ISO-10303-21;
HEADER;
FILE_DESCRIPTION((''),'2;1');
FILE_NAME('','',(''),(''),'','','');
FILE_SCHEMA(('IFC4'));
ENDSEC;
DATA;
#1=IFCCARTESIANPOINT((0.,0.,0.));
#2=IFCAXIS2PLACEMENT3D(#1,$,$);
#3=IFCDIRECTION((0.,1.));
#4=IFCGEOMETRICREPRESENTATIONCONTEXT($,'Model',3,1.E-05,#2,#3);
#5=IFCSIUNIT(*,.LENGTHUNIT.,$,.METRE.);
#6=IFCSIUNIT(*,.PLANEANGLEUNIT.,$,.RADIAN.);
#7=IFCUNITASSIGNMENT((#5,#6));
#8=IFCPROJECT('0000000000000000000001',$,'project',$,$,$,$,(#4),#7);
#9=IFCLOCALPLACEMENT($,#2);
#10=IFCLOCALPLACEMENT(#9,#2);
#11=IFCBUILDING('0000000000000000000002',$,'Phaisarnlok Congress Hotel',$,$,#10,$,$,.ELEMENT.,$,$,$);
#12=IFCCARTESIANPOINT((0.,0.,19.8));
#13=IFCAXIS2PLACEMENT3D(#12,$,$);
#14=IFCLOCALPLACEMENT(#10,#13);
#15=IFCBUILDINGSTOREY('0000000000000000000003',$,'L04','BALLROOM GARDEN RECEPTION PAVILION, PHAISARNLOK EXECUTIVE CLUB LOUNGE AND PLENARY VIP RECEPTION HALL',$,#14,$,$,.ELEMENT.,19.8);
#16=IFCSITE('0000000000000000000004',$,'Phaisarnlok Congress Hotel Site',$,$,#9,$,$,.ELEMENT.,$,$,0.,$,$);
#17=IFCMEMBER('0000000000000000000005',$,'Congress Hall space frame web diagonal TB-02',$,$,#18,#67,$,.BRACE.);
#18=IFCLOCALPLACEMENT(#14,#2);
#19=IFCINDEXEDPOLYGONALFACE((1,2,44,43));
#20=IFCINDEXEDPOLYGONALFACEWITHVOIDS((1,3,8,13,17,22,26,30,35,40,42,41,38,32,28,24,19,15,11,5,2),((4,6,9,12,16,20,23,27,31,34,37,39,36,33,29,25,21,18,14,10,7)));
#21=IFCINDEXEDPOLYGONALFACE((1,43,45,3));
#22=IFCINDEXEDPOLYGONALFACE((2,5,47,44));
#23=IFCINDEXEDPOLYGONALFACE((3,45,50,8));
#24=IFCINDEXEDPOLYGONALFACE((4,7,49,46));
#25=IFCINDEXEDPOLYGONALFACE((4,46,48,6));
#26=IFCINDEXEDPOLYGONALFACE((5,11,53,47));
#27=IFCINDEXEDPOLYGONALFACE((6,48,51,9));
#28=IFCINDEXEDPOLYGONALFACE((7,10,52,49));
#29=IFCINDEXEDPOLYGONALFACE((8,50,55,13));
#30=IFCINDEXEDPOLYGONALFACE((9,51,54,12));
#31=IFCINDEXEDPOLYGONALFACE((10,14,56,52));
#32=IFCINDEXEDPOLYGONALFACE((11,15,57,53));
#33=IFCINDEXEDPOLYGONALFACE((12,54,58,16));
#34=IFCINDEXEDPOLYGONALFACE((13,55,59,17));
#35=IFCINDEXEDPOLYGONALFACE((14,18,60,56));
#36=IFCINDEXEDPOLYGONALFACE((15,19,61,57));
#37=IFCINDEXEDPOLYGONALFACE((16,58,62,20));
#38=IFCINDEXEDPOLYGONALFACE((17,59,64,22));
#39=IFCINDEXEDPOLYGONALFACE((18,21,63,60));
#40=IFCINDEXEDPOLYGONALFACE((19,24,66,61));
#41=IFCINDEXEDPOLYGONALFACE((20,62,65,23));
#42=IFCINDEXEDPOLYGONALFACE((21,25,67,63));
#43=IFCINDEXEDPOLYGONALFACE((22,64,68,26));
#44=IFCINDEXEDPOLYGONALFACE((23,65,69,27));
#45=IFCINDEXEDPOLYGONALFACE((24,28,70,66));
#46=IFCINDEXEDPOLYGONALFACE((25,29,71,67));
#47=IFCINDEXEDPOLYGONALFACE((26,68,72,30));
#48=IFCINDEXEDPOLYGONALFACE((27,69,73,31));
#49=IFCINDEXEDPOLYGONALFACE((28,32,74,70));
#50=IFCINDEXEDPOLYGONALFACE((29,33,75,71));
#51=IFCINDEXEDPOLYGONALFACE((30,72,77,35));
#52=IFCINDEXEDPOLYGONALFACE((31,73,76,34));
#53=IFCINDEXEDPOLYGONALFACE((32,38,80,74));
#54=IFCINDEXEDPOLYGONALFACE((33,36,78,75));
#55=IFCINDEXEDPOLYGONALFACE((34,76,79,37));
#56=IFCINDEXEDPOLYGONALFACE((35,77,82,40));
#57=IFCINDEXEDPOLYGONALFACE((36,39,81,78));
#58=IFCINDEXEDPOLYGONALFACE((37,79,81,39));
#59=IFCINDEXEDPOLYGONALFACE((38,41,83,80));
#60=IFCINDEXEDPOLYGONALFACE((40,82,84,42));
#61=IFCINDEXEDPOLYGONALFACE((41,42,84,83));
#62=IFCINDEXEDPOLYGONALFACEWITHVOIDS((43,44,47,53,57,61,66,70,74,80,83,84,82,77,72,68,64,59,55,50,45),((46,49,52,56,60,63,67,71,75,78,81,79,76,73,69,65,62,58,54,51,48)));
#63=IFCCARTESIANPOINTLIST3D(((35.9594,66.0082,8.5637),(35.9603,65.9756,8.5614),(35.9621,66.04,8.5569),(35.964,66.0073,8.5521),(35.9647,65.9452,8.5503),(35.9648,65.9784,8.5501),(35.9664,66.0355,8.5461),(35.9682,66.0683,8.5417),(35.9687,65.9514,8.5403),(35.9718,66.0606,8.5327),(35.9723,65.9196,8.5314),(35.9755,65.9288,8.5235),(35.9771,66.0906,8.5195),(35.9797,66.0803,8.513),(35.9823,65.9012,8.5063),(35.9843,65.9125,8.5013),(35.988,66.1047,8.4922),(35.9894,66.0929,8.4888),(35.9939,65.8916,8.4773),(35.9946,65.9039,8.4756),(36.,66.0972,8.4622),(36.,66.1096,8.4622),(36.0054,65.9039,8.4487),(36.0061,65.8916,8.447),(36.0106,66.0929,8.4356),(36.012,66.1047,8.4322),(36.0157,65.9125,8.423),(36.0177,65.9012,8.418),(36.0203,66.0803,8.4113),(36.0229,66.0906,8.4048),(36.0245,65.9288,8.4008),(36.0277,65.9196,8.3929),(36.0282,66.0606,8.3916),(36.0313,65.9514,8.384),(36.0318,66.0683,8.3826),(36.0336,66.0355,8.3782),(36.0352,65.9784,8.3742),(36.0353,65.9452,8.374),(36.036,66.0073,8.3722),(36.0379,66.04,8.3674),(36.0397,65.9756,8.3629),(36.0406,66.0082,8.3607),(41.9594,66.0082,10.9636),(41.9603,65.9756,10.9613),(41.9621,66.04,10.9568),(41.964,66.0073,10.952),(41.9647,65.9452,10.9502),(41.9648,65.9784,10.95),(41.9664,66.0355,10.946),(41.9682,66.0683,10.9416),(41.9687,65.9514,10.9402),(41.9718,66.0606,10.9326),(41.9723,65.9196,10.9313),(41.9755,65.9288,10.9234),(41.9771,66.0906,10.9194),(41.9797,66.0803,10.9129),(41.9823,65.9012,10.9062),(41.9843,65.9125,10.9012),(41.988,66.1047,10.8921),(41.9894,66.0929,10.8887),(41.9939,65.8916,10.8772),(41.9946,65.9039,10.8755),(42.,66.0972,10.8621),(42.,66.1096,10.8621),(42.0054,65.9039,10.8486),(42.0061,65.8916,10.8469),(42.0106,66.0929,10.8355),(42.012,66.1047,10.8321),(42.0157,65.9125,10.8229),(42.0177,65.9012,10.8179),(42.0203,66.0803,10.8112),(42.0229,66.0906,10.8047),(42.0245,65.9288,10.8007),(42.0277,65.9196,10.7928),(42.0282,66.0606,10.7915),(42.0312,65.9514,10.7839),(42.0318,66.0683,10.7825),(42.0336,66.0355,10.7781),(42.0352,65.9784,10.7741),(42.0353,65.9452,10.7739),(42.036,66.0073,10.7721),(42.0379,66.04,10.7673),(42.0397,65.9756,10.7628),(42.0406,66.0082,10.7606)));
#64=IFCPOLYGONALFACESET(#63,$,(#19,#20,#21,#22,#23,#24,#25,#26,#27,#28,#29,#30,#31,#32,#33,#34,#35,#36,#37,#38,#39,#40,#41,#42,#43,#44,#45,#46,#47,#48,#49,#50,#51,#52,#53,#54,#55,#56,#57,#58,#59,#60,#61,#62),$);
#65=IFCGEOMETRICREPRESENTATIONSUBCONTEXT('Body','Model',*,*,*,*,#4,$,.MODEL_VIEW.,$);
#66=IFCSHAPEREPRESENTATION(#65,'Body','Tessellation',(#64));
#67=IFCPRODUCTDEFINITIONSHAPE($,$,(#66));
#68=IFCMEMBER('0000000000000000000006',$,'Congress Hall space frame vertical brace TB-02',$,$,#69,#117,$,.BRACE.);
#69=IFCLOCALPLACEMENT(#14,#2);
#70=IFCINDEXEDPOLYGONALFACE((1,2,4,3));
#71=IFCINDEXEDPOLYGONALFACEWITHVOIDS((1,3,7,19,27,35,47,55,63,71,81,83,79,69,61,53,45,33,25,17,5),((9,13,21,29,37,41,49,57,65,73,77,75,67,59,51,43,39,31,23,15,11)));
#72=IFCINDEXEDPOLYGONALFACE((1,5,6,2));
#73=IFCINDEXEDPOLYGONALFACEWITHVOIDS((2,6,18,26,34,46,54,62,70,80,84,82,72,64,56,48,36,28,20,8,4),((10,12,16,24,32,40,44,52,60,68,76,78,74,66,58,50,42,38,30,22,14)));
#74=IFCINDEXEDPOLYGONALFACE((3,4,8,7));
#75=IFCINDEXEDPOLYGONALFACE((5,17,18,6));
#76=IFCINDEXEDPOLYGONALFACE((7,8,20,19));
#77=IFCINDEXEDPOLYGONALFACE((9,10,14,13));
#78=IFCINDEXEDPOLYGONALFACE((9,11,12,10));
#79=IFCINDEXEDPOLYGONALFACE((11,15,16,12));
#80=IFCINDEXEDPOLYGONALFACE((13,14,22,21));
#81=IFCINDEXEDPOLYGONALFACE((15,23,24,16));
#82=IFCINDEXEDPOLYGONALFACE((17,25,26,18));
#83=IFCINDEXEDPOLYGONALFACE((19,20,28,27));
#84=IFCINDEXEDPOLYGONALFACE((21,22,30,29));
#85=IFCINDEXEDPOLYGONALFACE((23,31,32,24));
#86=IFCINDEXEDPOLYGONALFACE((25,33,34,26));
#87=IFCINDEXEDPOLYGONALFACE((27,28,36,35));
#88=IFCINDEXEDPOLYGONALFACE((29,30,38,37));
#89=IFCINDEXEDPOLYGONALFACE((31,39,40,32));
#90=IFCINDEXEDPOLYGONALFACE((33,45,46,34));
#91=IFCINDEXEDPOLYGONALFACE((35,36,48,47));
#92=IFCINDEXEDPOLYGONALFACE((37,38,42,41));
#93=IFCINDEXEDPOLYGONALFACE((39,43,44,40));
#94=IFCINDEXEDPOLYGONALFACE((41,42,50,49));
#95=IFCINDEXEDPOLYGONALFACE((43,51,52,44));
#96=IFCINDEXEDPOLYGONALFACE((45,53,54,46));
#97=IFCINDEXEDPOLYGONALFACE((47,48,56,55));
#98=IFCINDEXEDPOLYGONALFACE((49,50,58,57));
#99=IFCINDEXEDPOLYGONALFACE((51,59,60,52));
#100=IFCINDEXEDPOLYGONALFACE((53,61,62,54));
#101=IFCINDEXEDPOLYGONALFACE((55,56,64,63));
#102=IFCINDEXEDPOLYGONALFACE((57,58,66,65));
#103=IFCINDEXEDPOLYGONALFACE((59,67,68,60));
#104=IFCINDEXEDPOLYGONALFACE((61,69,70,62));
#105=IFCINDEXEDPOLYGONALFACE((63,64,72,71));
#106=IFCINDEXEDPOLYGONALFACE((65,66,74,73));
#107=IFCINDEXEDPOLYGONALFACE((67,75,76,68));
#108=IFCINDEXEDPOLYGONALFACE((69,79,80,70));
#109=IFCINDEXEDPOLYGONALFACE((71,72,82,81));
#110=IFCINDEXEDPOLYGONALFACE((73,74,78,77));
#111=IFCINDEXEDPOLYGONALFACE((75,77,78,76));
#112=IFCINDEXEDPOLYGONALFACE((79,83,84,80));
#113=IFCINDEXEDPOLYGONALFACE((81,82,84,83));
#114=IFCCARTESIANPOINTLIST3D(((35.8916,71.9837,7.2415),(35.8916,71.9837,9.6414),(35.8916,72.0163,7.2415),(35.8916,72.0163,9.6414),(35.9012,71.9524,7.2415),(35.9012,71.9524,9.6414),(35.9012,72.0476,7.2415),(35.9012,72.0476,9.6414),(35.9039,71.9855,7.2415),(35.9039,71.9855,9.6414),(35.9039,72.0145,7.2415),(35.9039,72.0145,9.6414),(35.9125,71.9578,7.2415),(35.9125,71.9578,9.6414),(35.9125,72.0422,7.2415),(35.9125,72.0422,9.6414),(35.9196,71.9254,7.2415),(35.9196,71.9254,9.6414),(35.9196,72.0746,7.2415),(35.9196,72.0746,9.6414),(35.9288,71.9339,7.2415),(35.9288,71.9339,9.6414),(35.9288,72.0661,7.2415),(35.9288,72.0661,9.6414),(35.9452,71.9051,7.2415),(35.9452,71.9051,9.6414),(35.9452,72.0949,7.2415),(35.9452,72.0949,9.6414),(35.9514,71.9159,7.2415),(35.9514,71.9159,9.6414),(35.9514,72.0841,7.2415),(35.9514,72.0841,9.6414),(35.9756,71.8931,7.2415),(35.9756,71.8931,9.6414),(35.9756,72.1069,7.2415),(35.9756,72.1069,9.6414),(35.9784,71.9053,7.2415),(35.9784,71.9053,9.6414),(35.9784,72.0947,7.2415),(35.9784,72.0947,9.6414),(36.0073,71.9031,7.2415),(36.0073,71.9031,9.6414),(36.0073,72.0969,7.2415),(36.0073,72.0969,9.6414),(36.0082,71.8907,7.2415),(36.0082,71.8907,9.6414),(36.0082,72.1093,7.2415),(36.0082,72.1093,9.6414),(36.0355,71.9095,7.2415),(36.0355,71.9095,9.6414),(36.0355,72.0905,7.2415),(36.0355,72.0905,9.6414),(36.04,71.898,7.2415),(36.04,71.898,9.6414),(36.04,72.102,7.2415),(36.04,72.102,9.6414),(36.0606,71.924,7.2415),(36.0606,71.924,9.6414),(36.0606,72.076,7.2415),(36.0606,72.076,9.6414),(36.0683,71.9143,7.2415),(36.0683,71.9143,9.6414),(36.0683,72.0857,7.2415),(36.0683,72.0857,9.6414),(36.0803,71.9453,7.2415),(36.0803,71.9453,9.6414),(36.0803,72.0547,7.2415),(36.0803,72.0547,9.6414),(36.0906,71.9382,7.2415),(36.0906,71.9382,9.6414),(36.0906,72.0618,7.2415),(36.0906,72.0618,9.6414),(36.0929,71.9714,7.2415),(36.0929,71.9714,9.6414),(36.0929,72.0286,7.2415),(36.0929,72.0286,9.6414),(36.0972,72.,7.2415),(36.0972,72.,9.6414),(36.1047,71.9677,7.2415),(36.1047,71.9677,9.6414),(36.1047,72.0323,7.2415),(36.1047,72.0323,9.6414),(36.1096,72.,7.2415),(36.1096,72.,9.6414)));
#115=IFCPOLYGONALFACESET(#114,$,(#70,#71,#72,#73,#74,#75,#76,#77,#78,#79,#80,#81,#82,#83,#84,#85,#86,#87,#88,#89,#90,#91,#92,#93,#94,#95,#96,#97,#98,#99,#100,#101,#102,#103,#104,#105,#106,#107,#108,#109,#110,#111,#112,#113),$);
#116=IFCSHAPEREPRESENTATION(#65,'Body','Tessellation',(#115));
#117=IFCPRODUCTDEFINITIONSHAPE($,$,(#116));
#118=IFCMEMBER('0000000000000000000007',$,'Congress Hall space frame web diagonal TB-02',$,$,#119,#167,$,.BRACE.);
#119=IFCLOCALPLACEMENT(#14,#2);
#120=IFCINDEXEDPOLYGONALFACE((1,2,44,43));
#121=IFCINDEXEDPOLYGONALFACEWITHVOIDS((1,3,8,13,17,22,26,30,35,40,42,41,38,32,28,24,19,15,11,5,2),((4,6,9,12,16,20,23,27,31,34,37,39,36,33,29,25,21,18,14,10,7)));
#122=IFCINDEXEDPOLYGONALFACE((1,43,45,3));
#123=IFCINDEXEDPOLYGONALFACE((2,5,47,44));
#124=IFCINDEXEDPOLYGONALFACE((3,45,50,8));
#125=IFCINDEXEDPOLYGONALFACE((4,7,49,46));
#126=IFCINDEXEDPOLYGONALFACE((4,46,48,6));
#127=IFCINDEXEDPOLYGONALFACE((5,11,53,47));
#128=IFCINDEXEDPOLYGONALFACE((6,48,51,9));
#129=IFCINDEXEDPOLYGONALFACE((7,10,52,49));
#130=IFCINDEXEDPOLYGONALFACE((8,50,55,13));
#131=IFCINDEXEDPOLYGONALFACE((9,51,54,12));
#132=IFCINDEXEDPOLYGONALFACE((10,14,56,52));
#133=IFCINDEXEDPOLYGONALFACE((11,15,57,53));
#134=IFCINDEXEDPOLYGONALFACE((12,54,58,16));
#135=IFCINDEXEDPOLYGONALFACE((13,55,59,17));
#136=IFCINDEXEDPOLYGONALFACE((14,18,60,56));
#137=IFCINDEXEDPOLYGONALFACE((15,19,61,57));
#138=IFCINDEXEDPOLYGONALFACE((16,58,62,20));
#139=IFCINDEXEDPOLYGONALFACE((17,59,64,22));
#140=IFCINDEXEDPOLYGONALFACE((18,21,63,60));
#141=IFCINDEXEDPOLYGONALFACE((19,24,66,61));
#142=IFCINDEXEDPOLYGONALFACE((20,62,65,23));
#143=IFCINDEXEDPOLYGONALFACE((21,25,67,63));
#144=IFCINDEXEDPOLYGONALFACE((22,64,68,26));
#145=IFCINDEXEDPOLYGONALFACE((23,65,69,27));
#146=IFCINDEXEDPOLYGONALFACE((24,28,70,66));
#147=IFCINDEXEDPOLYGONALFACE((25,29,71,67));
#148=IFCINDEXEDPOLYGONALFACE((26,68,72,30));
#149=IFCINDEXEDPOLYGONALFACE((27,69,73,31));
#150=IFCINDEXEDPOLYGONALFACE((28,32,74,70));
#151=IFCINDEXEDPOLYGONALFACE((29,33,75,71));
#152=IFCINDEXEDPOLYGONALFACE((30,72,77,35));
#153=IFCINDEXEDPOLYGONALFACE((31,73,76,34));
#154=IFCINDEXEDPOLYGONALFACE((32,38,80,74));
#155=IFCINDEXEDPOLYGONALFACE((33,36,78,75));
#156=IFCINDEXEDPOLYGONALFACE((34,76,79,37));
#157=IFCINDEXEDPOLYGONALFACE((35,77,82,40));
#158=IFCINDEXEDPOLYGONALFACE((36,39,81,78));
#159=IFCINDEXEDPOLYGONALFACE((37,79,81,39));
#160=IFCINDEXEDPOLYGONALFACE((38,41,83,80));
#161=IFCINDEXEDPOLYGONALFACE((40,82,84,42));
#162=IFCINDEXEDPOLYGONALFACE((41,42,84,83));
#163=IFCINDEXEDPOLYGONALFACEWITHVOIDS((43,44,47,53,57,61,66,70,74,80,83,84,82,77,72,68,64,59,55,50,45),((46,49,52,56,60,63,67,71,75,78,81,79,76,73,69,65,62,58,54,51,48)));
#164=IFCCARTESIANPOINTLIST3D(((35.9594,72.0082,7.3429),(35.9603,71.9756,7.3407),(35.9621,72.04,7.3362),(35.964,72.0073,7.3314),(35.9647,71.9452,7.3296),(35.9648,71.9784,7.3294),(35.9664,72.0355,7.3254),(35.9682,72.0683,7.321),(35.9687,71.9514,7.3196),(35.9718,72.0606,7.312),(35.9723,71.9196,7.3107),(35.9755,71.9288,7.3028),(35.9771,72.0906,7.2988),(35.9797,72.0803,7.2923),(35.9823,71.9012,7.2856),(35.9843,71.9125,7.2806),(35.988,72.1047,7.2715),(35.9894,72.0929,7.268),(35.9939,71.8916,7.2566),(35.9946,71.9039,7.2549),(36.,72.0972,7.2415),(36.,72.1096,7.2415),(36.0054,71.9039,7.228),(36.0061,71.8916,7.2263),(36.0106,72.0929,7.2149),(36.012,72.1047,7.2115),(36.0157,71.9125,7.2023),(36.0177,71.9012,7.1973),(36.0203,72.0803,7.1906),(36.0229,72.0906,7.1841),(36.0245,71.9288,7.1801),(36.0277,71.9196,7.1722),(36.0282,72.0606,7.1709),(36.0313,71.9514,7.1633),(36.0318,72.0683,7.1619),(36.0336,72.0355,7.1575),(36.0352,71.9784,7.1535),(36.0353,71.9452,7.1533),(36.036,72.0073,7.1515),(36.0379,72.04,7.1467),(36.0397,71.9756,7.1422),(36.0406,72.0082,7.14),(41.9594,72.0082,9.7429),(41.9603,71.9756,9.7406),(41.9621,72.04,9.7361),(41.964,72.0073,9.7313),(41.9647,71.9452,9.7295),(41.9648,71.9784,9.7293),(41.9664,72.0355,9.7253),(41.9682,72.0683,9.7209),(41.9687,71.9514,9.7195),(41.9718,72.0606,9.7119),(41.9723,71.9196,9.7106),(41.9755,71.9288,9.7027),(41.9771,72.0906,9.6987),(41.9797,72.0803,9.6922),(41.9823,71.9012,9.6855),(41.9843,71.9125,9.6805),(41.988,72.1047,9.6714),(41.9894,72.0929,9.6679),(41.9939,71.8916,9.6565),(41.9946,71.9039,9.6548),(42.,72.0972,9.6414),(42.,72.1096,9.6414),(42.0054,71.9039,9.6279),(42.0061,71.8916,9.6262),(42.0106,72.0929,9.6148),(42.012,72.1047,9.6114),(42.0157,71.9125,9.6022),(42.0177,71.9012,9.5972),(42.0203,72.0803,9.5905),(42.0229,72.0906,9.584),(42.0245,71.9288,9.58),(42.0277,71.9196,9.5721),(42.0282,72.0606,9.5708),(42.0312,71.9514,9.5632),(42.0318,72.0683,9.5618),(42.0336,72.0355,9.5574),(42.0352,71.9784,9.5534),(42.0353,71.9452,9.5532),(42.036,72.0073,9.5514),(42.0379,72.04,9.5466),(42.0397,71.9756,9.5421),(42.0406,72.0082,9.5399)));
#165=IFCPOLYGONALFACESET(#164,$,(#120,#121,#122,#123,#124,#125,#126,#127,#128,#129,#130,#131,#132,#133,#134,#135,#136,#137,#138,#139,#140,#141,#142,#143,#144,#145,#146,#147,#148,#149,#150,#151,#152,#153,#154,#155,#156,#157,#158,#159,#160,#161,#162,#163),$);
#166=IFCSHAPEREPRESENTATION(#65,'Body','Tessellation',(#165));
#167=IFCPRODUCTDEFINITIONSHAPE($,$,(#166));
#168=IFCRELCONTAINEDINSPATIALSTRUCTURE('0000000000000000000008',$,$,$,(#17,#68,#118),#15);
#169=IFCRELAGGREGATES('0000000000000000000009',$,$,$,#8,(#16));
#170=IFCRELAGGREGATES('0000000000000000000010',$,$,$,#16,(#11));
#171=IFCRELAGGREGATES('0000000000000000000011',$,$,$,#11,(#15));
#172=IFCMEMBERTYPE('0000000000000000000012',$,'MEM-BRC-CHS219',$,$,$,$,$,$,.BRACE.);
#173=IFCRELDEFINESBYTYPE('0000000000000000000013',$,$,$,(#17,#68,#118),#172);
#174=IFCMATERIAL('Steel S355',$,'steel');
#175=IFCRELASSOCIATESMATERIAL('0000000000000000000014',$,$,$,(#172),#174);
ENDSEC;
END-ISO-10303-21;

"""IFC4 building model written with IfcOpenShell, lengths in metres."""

from ifc_helpers import new_model, si_unit, direction, frame, origin, origin_2d, place, context, subcontext, project, spatial, hollow_circle, extrude, material, material_profile, profile_set, type_object, element, save


model = new_model("IFC4")

# Units and contexts
model_context = context("Model", 3, precision=1e-05, world=origin(), true_north=direction((0.0, 1.0)))
body_context = subcontext(model_context, "Body", "Model", "MODEL_VIEW")
ifc_project = project(units=[si_unit("LENGTHUNIT", "METRE"), si_unit("PLANEANGLEUNIT", "RADIAN")], contexts=[model_context])

# Site, building, storey
site_placement = place(None, origin())
site = spatial("IfcSite", under=ifc_project, at=site_placement, Name="Phaisarnlok Congress Hotel Site", CompositionType="ELEMENT", RefElevation=0.0)
building_placement = place(site_placement, origin())
building = spatial("IfcBuilding", under=site, at=building_placement, Name="Phaisarnlok Congress Hotel", CompositionType="ELEMENT")
storey_placement = place(building_placement, frame((0.0, 0.0, 19.8)))
storey = spatial("IfcBuildingStorey", under=building, at=storey_placement, Name="L04", Description="BALLROOM GARDEN RECEPTION PAVILION, PHAISARNLOK EXECUTIVE CLUB LOUNGE AND PLENARY VIP RECEPTION HALL", CompositionType="ELEMENT", Elevation=19.8)

# Members
ifc_material = material(Name="Steel S355", Category="steel")
ifc_material_profile_1 = material_profile(ifc_material, hollow_circle(Radius=0.1096, WallThickness=0.0125, at=origin_2d()), Name="CHS 219.1x12.5")
ifc_profile_set_1 = profile_set([ifc_material_profile_1], Name="Steel S355")
member_type_1 = type_object("IfcMemberType", Name="MEM-BRC-CHS219", PredefinedType="BRACE", material=ifc_profile_set_1)
member_1_placement = place(storey_placement, frame((36.0, 66.0, 8.4622), z_axis=(0.928482, 0.0, 0.371378), x_axis=(0.0, 1.0, 0.0)))
element("IfcMember", 1, at=member_1_placement, inside=storey, type_object=member_type_1, Name="Congress Hall space frame web diagonal TB-02", PredefinedType="BRACE", context=body_context, shape_type="SweptSolid", body=[
    extrude(hollow_circle(Radius=0.1096, WallThickness=0.0125, at=origin_2d()), origin(), (0.0, 0.0, 1.0), 6.4622),
])
member_2_placement = place(storey_placement, frame((36.0, 72.0, 7.2415), z_axis=(0.0, 0.0, 1.0), x_axis=(1.0, 0.0, 0.0)))
element("IfcMember", 2, at=member_2_placement, inside=storey, type_object=member_type_1, Name="Congress Hall space frame vertical brace TB-02", PredefinedType="BRACE", context=body_context, shape_type="SweptSolid", body=[
    extrude(hollow_circle(Radius=0.1096, WallThickness=0.0125, at=origin_2d()), origin(), (0.0, 0.0, 1.0), 2.3999),
])
member_3_placement = place(storey_placement, frame((36.0, 72.0, 7.2415), z_axis=(0.928482, 0.0, 0.371378), x_axis=(0.0, 1.0, 0.0)))
element("IfcMember", 3, at=member_3_placement, inside=storey, type_object=member_type_1, Name="Congress Hall space frame web diagonal TB-02", PredefinedType="BRACE", context=body_context, shape_type="SweptSolid", body=[
    extrude(hollow_circle(Radius=0.1096, WallThickness=0.0125, at=origin_2d()), origin(), (0.0, 0.0, 1.0), 6.4622),
])

save(model, "model.ifc")
